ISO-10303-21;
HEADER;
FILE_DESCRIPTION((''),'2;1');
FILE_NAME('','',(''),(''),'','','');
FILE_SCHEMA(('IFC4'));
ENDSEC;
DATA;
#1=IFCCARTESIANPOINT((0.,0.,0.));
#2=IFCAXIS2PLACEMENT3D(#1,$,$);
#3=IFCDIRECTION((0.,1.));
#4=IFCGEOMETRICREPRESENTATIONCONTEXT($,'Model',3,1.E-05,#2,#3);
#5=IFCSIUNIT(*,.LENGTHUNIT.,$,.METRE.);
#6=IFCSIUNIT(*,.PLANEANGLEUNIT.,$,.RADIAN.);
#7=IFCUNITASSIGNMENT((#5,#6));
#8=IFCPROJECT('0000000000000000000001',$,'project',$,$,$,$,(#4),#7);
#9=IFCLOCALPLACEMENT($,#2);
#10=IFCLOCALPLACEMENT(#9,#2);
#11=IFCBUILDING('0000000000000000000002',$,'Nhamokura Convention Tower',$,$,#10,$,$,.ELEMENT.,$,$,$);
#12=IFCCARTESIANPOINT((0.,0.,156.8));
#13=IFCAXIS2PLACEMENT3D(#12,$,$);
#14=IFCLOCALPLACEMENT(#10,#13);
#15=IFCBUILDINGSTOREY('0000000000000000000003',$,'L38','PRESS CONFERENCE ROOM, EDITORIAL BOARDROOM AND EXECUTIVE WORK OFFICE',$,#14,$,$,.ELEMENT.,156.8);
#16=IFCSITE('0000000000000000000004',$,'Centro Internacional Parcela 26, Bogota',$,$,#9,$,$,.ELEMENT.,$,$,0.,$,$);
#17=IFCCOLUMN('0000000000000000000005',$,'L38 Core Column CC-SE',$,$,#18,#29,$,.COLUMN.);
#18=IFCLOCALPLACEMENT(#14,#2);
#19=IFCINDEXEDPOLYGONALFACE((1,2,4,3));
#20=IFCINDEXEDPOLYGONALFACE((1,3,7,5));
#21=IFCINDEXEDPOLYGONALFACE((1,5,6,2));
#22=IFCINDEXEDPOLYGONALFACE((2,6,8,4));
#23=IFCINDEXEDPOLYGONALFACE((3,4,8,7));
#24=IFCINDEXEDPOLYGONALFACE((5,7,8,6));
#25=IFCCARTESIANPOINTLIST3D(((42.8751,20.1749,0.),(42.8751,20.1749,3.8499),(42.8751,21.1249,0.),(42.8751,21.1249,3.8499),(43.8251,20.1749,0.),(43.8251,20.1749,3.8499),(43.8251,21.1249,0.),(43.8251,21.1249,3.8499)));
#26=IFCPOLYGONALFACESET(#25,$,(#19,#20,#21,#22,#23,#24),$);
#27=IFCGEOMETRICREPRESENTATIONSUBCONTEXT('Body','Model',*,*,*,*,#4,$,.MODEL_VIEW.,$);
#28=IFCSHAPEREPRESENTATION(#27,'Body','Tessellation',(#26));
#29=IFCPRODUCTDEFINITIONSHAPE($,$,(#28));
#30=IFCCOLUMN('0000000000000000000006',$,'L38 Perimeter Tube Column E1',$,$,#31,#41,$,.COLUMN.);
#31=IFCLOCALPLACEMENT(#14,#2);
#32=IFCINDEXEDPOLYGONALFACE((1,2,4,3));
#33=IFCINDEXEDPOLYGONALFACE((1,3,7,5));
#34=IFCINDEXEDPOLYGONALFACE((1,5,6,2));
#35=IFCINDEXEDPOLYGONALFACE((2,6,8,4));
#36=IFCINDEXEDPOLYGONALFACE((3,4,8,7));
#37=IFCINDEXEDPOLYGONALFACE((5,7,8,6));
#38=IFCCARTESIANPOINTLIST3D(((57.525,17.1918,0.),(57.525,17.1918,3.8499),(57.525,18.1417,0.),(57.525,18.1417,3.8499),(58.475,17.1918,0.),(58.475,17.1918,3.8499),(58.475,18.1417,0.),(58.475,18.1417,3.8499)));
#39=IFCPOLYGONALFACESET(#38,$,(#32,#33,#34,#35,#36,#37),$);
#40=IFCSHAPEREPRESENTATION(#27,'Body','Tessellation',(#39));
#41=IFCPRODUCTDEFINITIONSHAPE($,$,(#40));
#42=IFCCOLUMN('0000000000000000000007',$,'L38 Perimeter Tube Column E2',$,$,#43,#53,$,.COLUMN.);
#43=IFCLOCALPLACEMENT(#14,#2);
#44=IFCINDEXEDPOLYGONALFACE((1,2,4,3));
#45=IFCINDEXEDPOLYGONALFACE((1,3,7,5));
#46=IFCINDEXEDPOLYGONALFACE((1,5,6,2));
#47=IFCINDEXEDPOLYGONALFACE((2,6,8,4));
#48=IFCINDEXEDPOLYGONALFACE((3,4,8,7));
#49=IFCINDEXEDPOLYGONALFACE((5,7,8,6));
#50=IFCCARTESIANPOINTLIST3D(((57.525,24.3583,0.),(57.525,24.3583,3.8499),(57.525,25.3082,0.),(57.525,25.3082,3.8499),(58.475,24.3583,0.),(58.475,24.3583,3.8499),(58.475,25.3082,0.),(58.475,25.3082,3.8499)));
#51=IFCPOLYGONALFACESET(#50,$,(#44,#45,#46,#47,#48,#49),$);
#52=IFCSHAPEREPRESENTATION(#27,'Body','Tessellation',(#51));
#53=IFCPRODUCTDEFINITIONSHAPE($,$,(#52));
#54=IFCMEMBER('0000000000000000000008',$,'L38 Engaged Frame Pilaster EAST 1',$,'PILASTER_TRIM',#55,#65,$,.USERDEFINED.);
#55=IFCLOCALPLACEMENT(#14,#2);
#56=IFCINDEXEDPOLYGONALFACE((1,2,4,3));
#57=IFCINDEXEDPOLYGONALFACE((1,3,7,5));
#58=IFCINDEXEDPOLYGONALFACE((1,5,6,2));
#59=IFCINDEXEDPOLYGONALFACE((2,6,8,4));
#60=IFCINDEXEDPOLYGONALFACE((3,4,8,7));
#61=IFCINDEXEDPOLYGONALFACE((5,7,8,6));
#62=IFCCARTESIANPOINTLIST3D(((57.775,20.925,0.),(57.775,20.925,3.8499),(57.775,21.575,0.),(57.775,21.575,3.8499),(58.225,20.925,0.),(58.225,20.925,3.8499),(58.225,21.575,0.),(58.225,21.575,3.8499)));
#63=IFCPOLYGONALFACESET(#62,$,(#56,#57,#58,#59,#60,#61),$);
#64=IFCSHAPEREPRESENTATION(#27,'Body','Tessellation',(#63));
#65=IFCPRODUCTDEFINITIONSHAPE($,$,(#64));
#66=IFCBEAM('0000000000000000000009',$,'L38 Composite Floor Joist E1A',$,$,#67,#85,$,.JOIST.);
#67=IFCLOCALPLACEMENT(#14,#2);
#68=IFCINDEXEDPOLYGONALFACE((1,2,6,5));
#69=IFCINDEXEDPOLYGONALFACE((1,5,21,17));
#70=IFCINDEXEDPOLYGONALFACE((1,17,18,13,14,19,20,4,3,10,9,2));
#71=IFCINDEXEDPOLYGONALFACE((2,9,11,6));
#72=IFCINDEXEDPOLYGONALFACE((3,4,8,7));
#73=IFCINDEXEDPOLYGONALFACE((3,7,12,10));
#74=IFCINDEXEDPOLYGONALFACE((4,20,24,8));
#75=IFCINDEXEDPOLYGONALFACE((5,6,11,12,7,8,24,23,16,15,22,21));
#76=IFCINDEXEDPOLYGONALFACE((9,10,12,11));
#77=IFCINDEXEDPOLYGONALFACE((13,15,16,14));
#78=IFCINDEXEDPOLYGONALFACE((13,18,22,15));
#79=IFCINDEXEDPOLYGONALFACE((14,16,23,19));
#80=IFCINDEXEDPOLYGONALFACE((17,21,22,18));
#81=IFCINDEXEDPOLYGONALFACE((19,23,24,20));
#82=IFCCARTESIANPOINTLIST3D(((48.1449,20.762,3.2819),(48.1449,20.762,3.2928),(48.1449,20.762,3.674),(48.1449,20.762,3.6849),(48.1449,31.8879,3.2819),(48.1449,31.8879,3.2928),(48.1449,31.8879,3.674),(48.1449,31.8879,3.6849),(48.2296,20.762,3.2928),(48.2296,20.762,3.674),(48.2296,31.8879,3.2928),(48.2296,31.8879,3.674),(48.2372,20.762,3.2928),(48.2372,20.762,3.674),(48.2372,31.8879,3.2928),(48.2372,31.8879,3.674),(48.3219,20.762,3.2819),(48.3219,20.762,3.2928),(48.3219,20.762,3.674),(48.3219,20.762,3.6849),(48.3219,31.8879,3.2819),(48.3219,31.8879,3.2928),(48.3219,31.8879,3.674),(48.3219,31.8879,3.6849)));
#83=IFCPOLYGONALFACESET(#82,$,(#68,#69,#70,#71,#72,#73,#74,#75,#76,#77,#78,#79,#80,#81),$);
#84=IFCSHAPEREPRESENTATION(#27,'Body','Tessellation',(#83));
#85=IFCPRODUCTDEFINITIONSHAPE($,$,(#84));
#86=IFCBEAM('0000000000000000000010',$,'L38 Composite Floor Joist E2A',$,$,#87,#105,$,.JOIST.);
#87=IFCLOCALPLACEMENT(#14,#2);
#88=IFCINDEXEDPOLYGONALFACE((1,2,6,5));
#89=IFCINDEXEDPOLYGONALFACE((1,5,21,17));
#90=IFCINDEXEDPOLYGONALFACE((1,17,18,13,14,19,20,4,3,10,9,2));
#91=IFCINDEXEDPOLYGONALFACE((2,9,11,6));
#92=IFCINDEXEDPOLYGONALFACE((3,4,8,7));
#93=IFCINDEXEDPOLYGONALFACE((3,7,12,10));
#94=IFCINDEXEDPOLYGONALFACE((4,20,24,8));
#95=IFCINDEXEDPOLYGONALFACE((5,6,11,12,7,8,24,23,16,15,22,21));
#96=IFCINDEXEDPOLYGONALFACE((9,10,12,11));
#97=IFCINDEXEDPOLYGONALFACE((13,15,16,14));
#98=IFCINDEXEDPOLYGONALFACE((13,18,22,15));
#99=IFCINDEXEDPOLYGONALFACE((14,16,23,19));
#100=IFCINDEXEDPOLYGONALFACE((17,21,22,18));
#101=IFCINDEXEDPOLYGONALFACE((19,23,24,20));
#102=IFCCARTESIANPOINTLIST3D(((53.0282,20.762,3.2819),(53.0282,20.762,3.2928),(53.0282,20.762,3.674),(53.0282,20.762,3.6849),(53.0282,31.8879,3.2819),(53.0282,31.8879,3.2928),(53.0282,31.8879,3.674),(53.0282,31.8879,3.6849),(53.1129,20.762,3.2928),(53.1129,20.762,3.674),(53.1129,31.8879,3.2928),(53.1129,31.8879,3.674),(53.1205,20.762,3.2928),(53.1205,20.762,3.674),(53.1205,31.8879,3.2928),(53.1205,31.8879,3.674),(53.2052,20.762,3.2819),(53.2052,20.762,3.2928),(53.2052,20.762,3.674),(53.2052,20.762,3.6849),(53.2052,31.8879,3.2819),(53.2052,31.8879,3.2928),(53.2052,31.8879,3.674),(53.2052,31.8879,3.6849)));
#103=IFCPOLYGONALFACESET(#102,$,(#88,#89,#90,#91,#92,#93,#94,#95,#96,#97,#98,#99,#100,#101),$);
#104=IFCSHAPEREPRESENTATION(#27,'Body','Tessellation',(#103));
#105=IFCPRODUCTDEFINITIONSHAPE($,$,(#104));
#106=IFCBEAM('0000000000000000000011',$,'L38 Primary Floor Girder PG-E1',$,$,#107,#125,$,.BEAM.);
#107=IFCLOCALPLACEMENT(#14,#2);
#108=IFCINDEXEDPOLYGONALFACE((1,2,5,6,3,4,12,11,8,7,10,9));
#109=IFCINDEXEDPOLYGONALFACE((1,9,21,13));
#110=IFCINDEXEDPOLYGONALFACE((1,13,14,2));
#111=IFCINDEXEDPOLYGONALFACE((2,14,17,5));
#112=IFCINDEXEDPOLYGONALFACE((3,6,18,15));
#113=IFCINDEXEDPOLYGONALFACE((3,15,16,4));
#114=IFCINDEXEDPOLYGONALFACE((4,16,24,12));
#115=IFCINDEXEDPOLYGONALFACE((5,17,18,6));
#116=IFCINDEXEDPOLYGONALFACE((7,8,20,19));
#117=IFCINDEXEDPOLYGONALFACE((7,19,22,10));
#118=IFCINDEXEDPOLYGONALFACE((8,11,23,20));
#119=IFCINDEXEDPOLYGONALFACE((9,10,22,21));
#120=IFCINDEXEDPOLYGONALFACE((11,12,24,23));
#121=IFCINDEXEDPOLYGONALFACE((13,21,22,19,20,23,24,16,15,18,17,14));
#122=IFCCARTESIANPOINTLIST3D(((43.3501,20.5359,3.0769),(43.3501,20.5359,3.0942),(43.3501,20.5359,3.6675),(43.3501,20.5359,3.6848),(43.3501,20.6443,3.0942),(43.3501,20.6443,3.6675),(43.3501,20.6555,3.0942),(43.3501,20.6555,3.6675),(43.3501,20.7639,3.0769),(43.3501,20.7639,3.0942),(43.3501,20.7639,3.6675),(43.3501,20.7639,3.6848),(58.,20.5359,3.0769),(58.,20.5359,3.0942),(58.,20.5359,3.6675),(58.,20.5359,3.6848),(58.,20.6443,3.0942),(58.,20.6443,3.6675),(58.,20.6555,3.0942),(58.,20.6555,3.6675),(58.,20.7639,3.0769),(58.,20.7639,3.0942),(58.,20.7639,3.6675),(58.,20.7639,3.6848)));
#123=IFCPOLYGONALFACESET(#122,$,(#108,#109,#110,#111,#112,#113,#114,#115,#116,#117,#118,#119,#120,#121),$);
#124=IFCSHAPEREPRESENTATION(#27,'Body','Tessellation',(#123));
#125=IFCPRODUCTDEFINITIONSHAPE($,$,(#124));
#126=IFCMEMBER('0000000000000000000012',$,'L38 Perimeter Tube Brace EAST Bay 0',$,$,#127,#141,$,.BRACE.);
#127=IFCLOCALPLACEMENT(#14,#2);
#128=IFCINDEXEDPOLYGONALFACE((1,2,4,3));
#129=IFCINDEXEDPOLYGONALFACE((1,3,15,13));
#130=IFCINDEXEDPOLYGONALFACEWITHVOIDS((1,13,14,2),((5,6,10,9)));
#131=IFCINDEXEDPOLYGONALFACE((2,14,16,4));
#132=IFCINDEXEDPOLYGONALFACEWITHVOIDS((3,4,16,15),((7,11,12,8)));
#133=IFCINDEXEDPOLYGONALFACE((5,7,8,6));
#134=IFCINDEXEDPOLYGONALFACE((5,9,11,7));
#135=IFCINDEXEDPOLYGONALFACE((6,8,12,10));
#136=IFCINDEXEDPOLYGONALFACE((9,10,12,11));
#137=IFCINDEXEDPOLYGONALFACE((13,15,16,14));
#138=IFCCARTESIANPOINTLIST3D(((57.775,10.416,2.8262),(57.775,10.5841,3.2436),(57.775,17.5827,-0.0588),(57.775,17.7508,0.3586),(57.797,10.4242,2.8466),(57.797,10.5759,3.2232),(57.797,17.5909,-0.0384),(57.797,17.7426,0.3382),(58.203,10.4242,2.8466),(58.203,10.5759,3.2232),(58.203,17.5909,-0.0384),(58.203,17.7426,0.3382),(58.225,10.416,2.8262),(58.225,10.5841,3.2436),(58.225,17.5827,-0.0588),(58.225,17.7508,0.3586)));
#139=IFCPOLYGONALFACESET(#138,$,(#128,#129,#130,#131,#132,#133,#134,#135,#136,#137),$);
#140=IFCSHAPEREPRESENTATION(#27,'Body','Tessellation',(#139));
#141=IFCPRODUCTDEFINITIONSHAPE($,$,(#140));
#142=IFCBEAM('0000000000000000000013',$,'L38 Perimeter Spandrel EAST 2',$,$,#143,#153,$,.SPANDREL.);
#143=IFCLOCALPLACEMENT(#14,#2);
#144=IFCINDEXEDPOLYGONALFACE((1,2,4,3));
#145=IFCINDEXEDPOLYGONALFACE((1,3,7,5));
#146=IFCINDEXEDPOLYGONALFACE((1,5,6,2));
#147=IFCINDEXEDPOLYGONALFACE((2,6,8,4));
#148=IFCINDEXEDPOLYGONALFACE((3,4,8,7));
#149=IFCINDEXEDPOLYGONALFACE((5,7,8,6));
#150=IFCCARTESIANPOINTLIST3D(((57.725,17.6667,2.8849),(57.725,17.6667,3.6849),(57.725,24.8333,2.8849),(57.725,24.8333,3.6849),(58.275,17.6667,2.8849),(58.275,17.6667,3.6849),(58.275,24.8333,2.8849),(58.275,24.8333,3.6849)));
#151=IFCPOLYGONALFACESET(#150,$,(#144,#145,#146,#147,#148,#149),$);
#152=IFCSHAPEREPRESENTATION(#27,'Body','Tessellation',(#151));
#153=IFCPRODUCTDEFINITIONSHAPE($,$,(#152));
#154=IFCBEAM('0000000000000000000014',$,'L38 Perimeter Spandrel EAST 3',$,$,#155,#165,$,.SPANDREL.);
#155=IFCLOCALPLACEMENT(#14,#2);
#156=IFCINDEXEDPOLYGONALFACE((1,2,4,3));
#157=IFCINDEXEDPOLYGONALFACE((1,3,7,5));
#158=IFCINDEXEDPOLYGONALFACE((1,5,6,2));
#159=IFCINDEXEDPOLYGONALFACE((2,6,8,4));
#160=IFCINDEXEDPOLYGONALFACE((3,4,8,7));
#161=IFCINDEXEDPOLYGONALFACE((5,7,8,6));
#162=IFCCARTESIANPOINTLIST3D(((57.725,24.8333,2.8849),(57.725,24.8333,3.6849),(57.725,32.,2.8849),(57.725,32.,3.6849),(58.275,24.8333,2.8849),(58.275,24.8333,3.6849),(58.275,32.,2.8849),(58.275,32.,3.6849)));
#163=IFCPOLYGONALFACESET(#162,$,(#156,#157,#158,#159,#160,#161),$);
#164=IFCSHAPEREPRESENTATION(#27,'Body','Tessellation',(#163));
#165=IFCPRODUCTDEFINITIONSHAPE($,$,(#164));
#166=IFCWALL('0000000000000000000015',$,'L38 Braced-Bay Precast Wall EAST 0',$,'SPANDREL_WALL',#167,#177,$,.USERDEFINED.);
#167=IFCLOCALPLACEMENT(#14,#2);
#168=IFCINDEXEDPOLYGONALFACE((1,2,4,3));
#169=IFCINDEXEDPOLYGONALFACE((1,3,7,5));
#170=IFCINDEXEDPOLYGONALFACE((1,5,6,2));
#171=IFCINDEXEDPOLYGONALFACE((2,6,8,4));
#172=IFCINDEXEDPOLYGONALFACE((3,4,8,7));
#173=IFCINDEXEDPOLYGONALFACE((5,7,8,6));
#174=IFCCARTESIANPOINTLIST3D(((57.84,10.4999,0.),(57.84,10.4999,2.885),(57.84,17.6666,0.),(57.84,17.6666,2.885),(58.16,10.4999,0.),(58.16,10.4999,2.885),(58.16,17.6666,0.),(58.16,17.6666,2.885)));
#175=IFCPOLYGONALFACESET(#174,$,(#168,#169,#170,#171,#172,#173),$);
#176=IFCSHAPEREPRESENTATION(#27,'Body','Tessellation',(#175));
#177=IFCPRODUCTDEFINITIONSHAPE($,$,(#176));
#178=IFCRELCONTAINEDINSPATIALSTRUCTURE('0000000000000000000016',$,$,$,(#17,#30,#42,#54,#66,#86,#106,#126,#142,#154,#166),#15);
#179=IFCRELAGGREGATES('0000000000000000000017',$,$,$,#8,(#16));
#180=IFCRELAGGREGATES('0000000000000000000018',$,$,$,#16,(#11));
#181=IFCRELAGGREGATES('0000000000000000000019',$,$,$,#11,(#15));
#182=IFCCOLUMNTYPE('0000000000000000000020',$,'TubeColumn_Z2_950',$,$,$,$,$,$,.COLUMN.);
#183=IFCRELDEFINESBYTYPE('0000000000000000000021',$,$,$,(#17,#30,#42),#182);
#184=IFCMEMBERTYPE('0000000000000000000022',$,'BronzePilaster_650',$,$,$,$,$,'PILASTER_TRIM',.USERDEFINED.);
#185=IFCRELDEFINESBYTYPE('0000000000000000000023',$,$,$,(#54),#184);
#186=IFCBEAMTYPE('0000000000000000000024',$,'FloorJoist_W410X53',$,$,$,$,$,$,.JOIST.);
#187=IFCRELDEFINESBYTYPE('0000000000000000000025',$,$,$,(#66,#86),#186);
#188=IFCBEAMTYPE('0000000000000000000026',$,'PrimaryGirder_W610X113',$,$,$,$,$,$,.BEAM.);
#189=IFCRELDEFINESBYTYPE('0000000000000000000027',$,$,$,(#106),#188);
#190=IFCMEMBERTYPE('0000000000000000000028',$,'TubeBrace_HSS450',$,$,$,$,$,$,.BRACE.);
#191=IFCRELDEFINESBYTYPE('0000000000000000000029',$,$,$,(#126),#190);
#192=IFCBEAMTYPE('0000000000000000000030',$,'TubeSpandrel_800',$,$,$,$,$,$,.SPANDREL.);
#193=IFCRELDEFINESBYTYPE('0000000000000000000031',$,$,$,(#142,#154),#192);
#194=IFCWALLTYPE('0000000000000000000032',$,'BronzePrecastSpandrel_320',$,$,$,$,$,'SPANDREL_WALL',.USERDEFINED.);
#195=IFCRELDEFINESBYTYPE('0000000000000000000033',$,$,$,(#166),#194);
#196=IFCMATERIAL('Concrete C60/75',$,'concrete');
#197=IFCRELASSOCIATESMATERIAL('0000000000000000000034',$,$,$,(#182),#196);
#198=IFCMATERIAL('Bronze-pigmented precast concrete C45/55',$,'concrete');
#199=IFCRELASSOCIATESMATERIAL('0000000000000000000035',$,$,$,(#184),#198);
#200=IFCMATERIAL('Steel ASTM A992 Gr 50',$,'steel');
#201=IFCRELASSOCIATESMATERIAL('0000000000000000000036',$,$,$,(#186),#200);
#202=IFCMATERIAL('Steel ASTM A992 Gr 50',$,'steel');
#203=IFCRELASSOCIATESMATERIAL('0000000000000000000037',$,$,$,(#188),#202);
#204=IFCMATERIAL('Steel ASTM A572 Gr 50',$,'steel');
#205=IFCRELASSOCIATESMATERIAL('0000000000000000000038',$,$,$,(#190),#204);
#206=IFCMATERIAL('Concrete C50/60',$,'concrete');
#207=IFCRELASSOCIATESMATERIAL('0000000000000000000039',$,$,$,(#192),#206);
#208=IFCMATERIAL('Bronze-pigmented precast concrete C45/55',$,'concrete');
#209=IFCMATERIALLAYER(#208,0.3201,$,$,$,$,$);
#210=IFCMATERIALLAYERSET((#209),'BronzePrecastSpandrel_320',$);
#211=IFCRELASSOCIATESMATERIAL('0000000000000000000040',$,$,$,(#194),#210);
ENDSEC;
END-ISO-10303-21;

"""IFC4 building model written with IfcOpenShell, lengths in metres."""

from ifc_helpers import new_model, si_unit, direction, frame, frame_2d, origin, origin_2d, place, context, subcontext, project, spatial, rectangle, hollow_rectangle, i_section, extrude, material, layer, layer_set, material_profile, profile_set, type_object, element, save


model = new_model("IFC4")

# Units and contexts
model_context = context("Model", 3, precision=1e-05, world=origin(), true_north=direction((0.0, 1.0)))
body_context = subcontext(model_context, "Body", "Model", "MODEL_VIEW")
ifc_project = project(units=[si_unit("LENGTHUNIT", "METRE"), si_unit("PLANEANGLEUNIT", "RADIAN")], contexts=[model_context])

# Site, building, storey
site_placement = place(None, origin())
site = spatial("IfcSite", under=ifc_project, at=site_placement, Name="Centro Internacional Parcela 26, Bogota", CompositionType="ELEMENT", RefElevation=0.0)
building_placement = place(site_placement, origin())
building = spatial("IfcBuilding", under=site, at=building_placement, Name="Nhamokura Convention Tower", CompositionType="ELEMENT")
storey_placement = place(building_placement, frame((0.0, 0.0, 156.8)))
storey = spatial("IfcBuildingStorey", under=building, at=storey_placement, Name="L38", Description="PRESS CONFERENCE ROOM, EDITORIAL BOARDROOM AND EXECUTIVE WORK OFFICE", CompositionType="ELEMENT", Elevation=156.8)

# Columns
ifc_material_1 = material(Name="Concrete C60/75", Category="concrete")
ifc_material_profile_1 = material_profile(ifc_material_1, rectangle(XDim=0.95, YDim=0.95, at=origin_2d()))
ifc_profile_set_1 = profile_set([ifc_material_profile_1], Name="Concrete C60/75")
column_type = type_object("IfcColumnType", Name="TubeColumn_Z2_950", PredefinedType="COLUMN", material=ifc_profile_set_1)
for number, where, z_axis, x_axis, name in (
    (1, (43.3501, 20.6499, 0.0), (0.0, 0.0, 1.0), (1.0, 0.0, 0.0), "L38 Core Column CC-SE"),
    (2, (58.0, 17.6667, 0.0), (0.0, 0.0, 1.0), (1.0, 0.0, 0.0), "L38 Perimeter Tube Column E1"),
    (3, (58.0, 24.8333, 0.0), (0.0, 0.0, 1.0), (1.0, 0.0, 0.0), "L38 Perimeter Tube Column E2"),
):
    element("IfcColumn", number, at=place(storey_placement, frame(where, z_axis=z_axis, x_axis=x_axis)), inside=storey, type_object=column_type, Name=name, PredefinedType="COLUMN", context=body_context, shape_type="SweptSolid", body=[
        extrude(rectangle(XDim=0.95, YDim=0.95, at=origin_2d()), origin(), (0.0, 0.0, 1.0), 3.8499),
    ])

# Member
ifc_material_2 = material(Name="Bronze-pigmented precast concrete C45/55", Category="concrete")
ifc_material_profile_2 = material_profile(ifc_material_2, rectangle(XDim=0.45, YDim=0.6499, at=origin_2d()))
ifc_profile_set_2 = profile_set([ifc_material_profile_2], Name="Bronze-pigmented precast concrete C45/55")
member_type_1 = type_object("IfcMemberType", Name="BronzePilaster_650", ElementType="PILASTER_TRIM", PredefinedType="USERDEFINED", material=ifc_profile_set_2)
member_1_placement = place(storey_placement, frame((58.0, 21.25, 0.0), z_axis=(0.0, 0.0, 1.0), x_axis=(1.0, 0.0, 0.0)))
element("IfcMember", 4, at=member_1_placement, inside=storey, type_object=member_type_1, Name="L38 Engaged Frame Pilaster EAST 1", ObjectType="PILASTER_TRIM", PredefinedType="USERDEFINED", context=body_context, shape_type="SweptSolid", body=[
    extrude(rectangle(XDim=0.45, YDim=0.6499, at=origin_2d()), origin(), (0.0, 0.0, 1.0), 3.8499),
])

# Beams
ifc_material_3 = material(Name="Steel ASTM A992 Gr 50", Category="steel")
ifc_material_profile_3 = material_profile(ifc_material_3, i_section(OverallWidth=0.177, OverallDepth=0.4031, WebThickness=0.0076, FlangeThickness=0.011, at=origin_2d()))
ifc_profile_set_3 = profile_set([ifc_material_profile_3], Name="Steel ASTM A992 Gr 50")
beam_type_1 = type_object("IfcBeamType", Name="FloorJoist_W410X53", PredefinedType="JOIST", material=ifc_profile_set_3)
for number, where, z_axis, x_axis, name in (
    (5, (48.2334, 20.762, 3.4834), (0.0, 1.0, 0.0), (-1.0, 0.0, 0.0), "L38 Composite Floor Joist E1A"),
    (6, (53.1167, 20.762, 3.4834), (0.0, 1.0, 0.0), (-1.0, 0.0, 0.0), "L38 Composite Floor Joist E2A"),
):
    element("IfcBeam", number, at=place(storey_placement, frame(where, z_axis=z_axis, x_axis=x_axis)), inside=storey, type_object=beam_type_1, Name=name, PredefinedType="JOIST", context=body_context, shape_type="SweptSolid", body=[
        extrude(i_section(OverallWidth=0.177, OverallDepth=0.4031, WebThickness=0.0076, FlangeThickness=0.011, at=origin_2d()), origin(), (0.0, 0.0, 1.0), 11.126),
    ])
ifc_material_4 = material(Name="Steel ASTM A992 Gr 50", Category="steel")
ifc_material_profile_4 = material_profile(ifc_material_4, i_section(OverallWidth=0.228, OverallDepth=0.6079, WebThickness=0.0112, FlangeThickness=0.0173, at=origin_2d()))
ifc_profile_set_4 = profile_set([ifc_material_profile_4], Name="Steel ASTM A992 Gr 50")
beam_type_2 = type_object("IfcBeamType", Name="PrimaryGirder_W610X113", PredefinedType="BEAM", material=ifc_profile_set_4)
beam_1_placement = place(storey_placement, frame((43.3501, 20.6499, 3.3809), z_axis=(1.0, 0.0, 0.0), x_axis=(0.0, 1.0, 0.0)))
element("IfcBeam", 7, at=beam_1_placement, inside=storey, type_object=beam_type_2, Name="L38 Primary Floor Girder PG-E1", PredefinedType="BEAM", context=body_context, shape_type="SweptSolid", body=[
    extrude(i_section(OverallWidth=0.228, OverallDepth=0.6079, WebThickness=0.0112, FlangeThickness=0.0173, at=origin_2d()), origin(), (0.0, 0.0, 1.0), 14.6499),
])

# Member
ifc_material_5 = material(Name="Steel ASTM A572 Gr 50", Category="steel")
ifc_material_profile_5 = material_profile(ifc_material_5, hollow_rectangle(XDim=0.45, YDim=0.45, WallThickness=0.022, at=origin_2d()))
ifc_profile_set_5 = profile_set([ifc_material_profile_5], Name="Steel ASTM A572 Gr 50")
member_type_2 = type_object("IfcMemberType", Name="TubeBrace_HSS450", PredefinedType="BRACE", material=ifc_profile_set_5)
member_2_placement = place(storey_placement, frame((58.0, 17.6667, 0.1499), z_axis=(0.0, -0.927657, 0.373433), x_axis=(1.0, 0.0, 0.0)))
element("IfcMember", 8, at=member_2_placement, inside=storey, type_object=member_type_2, Name="L38 Perimeter Tube Brace EAST Bay 0", PredefinedType="BRACE", context=body_context, shape_type="SweptSolid", body=[
    extrude(hollow_rectangle(XDim=0.45, YDim=0.45, WallThickness=0.022, at=origin_2d()), origin(), (0.0, 0.0, 1.0), 7.7256),
])

# Beams
ifc_material_6 = material(Name="Concrete C50/60", Category="concrete")
ifc_material_profile_6 = material_profile(ifc_material_6, rectangle(XDim=0.55, YDim=0.8, at=origin_2d()))
ifc_profile_set_6 = profile_set([ifc_material_profile_6], Name="Concrete C50/60")
beam_type_3 = type_object("IfcBeamType", Name="TubeSpandrel_800", PredefinedType="SPANDREL", material=ifc_profile_set_6)
beam_2_placement = place(storey_placement, frame((58.0, 17.6667, 3.2849), z_axis=(0.0, 1.0, 0.0), x_axis=(-1.0, 0.0, 0.0)))
element("IfcBeam", 9, at=beam_2_placement, inside=storey, type_object=beam_type_3, Name="L38 Perimeter Spandrel EAST 2", PredefinedType="SPANDREL", context=body_context, shape_type="SweptSolid", body=[
    extrude(rectangle(XDim=0.55, YDim=0.8, at=origin_2d()), origin(), (0.0, 0.0, 1.0), 7.1665),
])
beam_3_placement = place(storey_placement, frame((58.0, 24.8333, 3.2849), z_axis=(0.0, 1.0, 0.0), x_axis=(-1.0, 0.0, 0.0)))
element("IfcBeam", 10, at=beam_3_placement, inside=storey, type_object=beam_type_3, Name="L38 Perimeter Spandrel EAST 3", PredefinedType="SPANDREL", context=body_context, shape_type="SweptSolid", body=[
    extrude(rectangle(XDim=0.55, YDim=0.8, at=origin_2d()), origin(), (0.0, 0.0, 1.0), 7.1667),
])

# Wall
ifc_material_7 = material(Name="Bronze-pigmented precast concrete C45/55", Category="concrete")
ifc_layer_1 = layer(ifc_material_7, 0.3201)
ifc_layer_set_1 = layer_set([ifc_layer_1], Name="BronzePrecastSpandrel_320")
wall_type_1 = type_object("IfcWallType", Name="BronzePrecastSpandrel_320", ElementType="SPANDREL_WALL", PredefinedType="USERDEFINED", material=ifc_layer_set_1)
wall_1_placement = place(storey_placement, frame((58.0, 17.6667, 0.0), z_axis=(0.0, 0.0, 1.0), x_axis=(0.0, -1.0, 0.0)))
element("IfcWall", 11, at=wall_1_placement, inside=storey, type_object=wall_type_1, Name="L38 Braced-Bay Precast Wall EAST 0", ObjectType="SPANDREL_WALL", PredefinedType="USERDEFINED", context=body_context, shape_type="SweptSolid", body=[
    extrude(rectangle(XDim=7.1667, YDim=0.3201, at=frame_2d((3.5835, 0.0))), origin(), (0.0, 0.0, 1.0), 2.885),
])

save(model, "model.ifc")
